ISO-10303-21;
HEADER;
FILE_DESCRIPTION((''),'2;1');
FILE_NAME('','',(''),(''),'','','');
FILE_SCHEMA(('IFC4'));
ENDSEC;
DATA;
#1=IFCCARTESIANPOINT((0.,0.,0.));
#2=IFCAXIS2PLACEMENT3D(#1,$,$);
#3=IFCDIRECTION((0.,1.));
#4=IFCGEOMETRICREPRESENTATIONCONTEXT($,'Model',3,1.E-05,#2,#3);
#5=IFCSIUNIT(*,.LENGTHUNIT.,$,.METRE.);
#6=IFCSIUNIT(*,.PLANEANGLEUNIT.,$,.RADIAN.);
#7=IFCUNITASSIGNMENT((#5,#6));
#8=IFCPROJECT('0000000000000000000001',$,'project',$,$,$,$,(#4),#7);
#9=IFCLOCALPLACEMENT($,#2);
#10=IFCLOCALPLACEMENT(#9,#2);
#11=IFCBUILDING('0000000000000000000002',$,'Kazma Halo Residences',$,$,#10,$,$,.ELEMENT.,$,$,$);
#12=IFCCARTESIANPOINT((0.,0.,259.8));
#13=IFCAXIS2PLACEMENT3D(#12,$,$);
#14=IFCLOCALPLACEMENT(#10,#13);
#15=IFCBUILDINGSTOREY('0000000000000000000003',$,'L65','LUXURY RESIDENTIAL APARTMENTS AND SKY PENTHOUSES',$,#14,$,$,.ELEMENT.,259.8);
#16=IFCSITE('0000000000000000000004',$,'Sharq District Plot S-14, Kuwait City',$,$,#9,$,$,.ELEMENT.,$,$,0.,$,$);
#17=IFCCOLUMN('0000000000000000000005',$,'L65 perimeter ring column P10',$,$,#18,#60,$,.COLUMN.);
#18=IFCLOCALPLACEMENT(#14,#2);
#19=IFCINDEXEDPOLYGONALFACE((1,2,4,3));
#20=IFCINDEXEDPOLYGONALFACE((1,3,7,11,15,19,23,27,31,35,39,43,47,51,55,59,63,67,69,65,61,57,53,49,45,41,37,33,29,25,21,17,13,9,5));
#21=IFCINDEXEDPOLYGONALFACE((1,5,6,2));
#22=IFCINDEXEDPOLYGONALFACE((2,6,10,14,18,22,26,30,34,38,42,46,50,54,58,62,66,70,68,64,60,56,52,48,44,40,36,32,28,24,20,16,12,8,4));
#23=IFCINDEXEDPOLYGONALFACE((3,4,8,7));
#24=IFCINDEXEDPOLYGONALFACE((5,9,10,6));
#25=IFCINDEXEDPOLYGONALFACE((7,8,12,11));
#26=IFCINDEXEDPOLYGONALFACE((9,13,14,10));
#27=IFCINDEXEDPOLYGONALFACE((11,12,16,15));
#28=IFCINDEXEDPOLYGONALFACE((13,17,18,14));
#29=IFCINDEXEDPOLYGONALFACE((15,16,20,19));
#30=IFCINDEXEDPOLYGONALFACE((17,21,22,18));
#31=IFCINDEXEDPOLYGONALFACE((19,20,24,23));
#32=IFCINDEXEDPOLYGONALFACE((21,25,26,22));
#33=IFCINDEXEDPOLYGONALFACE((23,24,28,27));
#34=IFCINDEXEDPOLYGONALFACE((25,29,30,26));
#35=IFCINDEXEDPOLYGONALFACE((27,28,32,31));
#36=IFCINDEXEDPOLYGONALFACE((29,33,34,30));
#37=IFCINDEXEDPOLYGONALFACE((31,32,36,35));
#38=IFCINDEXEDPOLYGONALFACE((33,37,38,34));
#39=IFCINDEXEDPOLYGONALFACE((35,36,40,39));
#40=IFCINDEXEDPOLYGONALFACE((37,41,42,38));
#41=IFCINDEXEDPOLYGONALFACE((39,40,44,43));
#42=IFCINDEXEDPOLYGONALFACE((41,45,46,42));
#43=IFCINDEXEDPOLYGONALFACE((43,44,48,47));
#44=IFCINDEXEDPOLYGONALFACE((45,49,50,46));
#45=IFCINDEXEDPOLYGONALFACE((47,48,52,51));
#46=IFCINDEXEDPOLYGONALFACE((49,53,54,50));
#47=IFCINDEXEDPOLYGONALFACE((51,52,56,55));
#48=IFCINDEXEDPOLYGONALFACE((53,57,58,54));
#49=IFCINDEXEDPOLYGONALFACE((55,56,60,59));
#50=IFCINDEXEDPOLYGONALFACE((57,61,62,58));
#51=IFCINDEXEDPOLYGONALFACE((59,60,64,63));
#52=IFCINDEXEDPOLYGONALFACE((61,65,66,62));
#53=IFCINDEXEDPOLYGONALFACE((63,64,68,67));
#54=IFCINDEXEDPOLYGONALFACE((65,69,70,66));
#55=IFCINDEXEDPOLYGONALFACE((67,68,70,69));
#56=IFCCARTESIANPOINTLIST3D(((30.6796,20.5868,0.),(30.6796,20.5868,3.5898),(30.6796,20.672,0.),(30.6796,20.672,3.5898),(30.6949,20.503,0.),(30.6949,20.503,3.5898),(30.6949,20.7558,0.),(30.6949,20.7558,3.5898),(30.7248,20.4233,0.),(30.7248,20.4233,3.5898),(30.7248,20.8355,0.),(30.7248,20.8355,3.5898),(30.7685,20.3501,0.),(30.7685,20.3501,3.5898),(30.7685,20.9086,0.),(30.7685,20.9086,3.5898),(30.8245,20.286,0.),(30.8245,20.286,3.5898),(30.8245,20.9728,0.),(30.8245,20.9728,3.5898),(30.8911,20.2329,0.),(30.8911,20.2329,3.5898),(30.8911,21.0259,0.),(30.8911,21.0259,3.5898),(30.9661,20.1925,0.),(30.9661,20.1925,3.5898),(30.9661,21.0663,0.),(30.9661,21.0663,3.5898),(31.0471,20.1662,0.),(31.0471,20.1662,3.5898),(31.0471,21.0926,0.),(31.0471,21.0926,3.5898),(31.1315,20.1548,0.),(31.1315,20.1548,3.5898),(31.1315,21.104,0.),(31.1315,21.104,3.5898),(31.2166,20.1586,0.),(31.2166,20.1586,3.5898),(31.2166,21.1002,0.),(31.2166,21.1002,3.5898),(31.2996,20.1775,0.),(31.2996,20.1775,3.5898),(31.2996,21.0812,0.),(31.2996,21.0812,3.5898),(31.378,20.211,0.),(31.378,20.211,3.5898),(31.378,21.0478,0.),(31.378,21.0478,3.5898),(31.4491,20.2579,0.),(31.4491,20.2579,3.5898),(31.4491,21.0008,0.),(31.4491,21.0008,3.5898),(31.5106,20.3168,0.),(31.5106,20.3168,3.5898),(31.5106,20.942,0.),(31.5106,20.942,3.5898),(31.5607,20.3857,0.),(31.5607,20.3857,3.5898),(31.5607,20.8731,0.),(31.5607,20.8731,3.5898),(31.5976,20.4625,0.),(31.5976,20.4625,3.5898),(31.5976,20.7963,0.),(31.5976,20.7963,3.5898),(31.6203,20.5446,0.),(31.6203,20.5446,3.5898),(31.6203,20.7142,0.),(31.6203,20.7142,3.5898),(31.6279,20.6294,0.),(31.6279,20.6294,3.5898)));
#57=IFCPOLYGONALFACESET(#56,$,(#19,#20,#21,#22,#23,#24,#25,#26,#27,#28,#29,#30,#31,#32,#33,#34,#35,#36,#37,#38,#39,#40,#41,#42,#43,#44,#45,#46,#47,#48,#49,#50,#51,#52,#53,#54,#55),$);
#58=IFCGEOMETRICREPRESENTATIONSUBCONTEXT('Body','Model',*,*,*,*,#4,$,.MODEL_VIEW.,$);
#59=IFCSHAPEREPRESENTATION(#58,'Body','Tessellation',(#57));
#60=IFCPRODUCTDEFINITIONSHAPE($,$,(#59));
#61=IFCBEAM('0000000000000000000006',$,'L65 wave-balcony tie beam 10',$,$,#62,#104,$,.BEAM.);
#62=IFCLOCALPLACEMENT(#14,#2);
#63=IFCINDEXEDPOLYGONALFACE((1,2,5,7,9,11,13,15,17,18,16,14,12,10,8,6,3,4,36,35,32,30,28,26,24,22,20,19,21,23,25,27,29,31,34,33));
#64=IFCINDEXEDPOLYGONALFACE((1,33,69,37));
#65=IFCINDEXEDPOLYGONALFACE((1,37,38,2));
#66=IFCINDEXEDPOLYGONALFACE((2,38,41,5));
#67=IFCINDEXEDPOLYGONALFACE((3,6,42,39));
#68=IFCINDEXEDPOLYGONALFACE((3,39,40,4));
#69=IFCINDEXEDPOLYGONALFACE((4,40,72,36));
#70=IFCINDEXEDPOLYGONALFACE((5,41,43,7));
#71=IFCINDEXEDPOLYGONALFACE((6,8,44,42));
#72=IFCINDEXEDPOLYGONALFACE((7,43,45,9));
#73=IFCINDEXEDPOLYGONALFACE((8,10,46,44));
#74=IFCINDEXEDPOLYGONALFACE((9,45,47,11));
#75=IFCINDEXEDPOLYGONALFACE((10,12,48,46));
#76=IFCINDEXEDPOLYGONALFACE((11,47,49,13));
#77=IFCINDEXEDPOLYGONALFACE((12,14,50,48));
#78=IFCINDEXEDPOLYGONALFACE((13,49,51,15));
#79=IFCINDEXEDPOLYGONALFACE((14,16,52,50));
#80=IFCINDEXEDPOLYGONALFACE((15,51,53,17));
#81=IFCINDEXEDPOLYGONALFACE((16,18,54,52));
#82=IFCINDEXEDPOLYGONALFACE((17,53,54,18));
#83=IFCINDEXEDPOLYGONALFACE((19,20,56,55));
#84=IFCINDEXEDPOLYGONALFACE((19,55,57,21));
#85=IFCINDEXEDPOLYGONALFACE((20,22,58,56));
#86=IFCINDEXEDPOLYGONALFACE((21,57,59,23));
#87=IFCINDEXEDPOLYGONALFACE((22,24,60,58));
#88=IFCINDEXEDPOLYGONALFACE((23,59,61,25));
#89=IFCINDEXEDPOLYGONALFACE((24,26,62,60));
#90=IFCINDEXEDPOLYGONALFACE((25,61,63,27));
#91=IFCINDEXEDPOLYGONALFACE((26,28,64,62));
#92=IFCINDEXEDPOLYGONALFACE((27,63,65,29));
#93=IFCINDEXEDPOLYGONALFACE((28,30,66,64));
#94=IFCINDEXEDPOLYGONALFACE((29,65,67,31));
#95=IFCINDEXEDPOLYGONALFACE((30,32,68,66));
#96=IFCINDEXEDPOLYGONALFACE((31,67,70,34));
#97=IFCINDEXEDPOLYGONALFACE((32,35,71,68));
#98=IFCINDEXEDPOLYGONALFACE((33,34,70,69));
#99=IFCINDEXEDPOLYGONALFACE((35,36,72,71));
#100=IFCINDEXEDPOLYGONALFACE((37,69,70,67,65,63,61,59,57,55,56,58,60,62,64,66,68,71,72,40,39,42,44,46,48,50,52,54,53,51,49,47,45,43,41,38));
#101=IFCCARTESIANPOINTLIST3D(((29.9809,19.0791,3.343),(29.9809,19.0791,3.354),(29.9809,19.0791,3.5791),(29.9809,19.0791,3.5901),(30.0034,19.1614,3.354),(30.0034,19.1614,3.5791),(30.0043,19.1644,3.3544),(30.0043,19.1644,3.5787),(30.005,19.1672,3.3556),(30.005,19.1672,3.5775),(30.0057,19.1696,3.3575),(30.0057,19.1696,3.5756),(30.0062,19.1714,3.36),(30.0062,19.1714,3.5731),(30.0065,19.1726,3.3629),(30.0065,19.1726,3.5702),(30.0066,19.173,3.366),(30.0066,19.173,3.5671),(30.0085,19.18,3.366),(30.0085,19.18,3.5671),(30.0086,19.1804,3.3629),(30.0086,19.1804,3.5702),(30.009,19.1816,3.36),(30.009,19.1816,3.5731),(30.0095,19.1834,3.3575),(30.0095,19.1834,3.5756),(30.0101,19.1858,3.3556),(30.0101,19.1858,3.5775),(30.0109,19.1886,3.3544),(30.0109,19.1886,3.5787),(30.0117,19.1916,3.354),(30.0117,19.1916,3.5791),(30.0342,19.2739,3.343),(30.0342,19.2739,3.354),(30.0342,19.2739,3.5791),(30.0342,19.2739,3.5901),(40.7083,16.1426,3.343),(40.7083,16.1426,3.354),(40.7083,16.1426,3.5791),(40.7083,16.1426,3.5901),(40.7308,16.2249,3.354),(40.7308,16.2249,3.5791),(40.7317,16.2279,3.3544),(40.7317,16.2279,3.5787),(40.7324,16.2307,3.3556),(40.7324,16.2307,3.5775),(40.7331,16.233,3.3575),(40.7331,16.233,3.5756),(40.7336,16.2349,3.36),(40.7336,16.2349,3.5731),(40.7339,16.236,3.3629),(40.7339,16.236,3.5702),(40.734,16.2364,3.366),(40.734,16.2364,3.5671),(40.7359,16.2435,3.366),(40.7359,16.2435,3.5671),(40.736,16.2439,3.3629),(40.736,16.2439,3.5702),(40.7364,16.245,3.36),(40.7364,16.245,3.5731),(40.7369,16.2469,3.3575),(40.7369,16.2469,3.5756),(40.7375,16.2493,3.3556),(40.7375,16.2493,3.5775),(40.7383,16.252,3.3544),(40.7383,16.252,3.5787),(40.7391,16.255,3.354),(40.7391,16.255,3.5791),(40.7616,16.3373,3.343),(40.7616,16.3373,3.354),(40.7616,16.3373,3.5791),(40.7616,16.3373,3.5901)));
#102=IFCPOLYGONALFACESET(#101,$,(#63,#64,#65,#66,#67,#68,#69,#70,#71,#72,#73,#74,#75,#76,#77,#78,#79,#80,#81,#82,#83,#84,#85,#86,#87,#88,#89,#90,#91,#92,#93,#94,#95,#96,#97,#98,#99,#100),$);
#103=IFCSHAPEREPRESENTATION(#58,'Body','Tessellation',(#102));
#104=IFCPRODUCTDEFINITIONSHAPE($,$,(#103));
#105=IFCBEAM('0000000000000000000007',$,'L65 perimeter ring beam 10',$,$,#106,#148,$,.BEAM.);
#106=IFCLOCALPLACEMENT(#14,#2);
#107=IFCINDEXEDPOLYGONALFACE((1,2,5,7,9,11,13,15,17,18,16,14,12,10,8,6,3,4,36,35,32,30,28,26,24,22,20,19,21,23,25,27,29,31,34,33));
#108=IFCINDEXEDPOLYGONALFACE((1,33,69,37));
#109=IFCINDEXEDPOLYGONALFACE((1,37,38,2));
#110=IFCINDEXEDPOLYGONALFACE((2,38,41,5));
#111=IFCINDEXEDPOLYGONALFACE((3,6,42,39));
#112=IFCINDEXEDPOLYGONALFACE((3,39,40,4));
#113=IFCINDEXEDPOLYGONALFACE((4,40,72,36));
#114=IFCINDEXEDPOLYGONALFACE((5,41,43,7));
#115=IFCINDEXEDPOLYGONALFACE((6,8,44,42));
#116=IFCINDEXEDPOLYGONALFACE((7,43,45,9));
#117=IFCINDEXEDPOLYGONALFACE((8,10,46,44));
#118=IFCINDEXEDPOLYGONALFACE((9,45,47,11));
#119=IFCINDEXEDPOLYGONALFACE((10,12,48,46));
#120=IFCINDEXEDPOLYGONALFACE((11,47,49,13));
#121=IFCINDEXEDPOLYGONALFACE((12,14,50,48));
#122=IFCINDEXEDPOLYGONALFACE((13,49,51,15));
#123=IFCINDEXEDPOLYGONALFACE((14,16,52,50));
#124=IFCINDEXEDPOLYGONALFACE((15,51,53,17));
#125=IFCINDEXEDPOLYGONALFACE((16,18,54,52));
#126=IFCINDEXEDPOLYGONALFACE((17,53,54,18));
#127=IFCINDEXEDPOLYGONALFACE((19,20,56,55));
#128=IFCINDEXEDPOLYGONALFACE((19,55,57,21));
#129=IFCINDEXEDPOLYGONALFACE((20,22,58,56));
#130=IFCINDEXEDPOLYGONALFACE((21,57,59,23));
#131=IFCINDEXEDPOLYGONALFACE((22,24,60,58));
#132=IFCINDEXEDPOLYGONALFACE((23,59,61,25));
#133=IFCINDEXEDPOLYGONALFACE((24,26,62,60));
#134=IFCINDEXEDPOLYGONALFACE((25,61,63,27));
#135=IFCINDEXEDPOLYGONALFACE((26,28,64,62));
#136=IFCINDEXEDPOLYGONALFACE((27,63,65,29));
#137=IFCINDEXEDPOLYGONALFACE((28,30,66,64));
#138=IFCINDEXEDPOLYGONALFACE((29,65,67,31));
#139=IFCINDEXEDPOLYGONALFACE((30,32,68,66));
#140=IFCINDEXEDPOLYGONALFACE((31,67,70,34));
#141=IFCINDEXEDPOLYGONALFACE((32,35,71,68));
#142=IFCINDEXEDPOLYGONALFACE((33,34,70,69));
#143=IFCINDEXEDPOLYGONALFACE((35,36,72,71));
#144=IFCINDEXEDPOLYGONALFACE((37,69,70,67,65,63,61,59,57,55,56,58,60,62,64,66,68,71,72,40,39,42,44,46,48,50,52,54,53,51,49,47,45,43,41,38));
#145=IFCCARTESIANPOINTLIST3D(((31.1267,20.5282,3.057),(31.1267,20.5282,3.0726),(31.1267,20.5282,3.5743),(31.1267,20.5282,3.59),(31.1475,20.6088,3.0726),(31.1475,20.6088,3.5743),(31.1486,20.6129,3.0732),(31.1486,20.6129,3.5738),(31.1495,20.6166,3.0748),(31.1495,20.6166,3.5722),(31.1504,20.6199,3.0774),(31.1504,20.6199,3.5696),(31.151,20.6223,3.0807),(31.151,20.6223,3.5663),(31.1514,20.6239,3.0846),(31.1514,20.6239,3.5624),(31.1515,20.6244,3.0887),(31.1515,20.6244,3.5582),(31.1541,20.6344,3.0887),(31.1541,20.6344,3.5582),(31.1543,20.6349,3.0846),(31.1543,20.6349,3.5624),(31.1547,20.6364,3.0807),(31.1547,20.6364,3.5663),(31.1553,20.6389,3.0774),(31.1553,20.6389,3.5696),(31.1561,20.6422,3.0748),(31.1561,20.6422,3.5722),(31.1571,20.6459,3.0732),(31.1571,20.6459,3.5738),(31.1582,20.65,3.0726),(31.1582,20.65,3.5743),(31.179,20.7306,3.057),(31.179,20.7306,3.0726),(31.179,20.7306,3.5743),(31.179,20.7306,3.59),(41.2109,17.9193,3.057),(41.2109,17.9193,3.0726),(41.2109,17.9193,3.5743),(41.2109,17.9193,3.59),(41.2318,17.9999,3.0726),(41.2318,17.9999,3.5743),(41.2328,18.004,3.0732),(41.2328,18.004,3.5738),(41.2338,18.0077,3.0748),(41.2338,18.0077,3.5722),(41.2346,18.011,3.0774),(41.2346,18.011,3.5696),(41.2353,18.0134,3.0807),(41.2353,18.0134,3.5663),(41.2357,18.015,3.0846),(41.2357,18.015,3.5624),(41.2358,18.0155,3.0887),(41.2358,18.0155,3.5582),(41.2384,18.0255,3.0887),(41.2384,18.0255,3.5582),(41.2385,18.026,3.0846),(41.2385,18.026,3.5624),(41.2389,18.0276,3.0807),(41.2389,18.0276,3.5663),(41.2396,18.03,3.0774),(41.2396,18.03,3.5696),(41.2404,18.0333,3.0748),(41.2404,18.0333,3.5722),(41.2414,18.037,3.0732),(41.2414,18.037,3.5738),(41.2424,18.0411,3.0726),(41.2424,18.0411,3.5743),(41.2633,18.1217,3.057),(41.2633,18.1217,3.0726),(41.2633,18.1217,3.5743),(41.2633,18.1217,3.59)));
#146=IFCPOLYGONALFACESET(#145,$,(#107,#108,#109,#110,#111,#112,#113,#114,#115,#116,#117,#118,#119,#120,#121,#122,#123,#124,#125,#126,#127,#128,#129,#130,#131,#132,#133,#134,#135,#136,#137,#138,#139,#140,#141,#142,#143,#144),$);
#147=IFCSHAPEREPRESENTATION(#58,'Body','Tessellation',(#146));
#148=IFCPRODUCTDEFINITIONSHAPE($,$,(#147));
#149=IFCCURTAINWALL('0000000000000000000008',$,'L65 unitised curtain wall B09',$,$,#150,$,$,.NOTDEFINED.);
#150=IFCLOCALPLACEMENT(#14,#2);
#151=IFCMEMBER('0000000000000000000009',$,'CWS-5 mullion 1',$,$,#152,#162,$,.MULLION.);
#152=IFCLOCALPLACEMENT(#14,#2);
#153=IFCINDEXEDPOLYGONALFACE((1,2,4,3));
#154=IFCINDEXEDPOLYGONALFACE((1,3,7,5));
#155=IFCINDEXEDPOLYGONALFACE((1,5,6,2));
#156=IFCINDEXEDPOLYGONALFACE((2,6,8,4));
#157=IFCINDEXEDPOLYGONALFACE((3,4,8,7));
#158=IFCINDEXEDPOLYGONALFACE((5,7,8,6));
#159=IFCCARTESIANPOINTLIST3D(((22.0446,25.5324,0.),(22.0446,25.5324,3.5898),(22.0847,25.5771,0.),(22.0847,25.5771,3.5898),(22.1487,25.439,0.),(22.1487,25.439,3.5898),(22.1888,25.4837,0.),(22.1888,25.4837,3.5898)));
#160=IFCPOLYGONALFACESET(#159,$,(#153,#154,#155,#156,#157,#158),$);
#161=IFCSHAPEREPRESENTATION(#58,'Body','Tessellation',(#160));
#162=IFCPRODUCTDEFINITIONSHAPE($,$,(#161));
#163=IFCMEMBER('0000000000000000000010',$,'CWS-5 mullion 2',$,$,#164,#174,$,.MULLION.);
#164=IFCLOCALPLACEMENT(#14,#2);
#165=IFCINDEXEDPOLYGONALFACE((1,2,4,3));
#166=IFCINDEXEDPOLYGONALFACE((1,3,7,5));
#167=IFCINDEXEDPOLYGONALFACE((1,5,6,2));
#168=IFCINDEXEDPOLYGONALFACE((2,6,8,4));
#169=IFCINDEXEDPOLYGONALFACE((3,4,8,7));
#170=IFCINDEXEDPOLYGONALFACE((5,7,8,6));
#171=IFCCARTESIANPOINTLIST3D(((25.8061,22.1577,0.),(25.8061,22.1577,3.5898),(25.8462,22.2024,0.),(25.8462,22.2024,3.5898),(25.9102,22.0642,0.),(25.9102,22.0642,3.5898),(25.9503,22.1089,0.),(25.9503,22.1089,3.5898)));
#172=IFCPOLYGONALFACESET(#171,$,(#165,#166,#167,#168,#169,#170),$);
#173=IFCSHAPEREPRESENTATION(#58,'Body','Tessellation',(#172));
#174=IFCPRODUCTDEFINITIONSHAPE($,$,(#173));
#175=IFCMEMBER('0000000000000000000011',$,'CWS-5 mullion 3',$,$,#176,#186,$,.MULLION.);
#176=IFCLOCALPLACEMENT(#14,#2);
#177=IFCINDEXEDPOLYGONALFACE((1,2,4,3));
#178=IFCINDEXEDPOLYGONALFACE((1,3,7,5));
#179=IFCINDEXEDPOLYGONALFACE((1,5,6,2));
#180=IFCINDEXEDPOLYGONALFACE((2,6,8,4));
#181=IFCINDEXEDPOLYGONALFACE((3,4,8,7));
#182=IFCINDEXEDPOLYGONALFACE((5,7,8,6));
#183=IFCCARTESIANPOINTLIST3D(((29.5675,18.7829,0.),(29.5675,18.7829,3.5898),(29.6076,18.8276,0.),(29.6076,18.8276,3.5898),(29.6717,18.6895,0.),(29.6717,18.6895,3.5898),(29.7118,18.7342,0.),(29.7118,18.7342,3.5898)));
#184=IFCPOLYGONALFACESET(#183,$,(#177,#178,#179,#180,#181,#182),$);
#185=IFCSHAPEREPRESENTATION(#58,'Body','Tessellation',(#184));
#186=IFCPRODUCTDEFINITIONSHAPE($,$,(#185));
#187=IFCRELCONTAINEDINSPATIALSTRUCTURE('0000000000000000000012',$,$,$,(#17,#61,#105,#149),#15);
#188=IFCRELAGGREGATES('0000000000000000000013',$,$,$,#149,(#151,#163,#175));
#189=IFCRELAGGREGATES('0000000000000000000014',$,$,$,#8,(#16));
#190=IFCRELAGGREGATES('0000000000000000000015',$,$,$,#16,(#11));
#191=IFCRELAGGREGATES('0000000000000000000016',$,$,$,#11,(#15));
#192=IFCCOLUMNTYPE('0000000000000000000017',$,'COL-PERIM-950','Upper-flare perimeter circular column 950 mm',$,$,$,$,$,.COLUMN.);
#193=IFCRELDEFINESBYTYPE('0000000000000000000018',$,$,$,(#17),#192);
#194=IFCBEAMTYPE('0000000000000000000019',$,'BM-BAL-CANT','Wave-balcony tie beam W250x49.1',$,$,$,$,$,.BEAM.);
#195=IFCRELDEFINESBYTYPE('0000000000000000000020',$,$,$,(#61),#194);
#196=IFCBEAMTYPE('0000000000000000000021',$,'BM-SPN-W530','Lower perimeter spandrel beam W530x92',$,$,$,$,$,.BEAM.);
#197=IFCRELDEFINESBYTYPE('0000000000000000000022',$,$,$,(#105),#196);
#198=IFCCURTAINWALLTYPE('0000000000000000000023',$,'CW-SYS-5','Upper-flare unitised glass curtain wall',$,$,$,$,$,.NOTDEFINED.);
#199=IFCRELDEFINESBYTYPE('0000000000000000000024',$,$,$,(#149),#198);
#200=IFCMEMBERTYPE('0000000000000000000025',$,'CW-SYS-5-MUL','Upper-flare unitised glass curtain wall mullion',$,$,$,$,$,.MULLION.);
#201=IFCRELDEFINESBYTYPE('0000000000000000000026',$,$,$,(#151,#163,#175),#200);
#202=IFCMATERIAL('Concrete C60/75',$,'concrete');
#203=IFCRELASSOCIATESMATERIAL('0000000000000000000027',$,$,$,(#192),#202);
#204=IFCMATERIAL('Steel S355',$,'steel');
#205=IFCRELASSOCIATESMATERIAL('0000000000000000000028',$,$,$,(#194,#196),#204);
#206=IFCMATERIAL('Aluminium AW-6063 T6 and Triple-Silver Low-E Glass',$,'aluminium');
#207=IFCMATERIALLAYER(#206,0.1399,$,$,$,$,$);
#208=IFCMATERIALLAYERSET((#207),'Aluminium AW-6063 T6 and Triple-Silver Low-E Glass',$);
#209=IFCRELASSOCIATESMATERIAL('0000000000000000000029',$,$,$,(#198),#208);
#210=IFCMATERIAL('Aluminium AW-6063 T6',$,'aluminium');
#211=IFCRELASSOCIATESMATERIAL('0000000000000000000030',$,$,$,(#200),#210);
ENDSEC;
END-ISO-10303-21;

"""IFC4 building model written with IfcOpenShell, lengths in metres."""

from ifc_helpers import new_model, si_unit, direction, frame, origin, origin_2d, place, context, subcontext, project, spatial, rectangle, circle, i_section, extrude, material, layer, layer_set, material_profile, profile_set, type_object, element, aggregate, save


model = new_model("IFC4")

# Units and contexts
model_context = context("Model", 3, precision=1e-05, world=origin(), true_north=direction((0.0, 1.0)))
body_context = subcontext(model_context, "Body", "Model", "MODEL_VIEW")
ifc_project = project(units=[si_unit("LENGTHUNIT", "METRE"), si_unit("PLANEANGLEUNIT", "RADIAN")], contexts=[model_context])

# Site, building, storey
site_placement = place(None, origin())
site = spatial("IfcSite", under=ifc_project, at=site_placement, Name="Sharq District Plot S-14, Kuwait City", CompositionType="ELEMENT", RefElevation=0.0)
building_placement = place(site_placement, origin())
building = spatial("IfcBuilding", under=site, at=building_placement, Name="Kazma Halo Residences", CompositionType="ELEMENT")
storey_placement = place(building_placement, frame((0.0, 0.0, 259.8)))
storey = spatial("IfcBuildingStorey", under=building, at=storey_placement, Name="L65", Description="LUXURY RESIDENTIAL APARTMENTS AND SKY PENTHOUSES", CompositionType="ELEMENT", Elevation=259.8)

# Column
ifc_material_1 = material(Name="Concrete C60/75", Category="concrete")
ifc_material_profile_1 = material_profile(ifc_material_1, circle(Radius=0.4751, at=origin_2d()), Name="CIRC950")
ifc_profile_set_1 = profile_set([ifc_material_profile_1], Name="Concrete C60/75")
column_type = type_object("IfcColumnType", Name="COL-PERIM-950", Description="Upper-flare perimeter circular column 950 mm", PredefinedType="COLUMN", material=ifc_profile_set_1)
column_placement = place(storey_placement, frame((31.1528, 20.6294, 0.0), z_axis=(0.0, 0.0, 1.0), x_axis=(1.0, 0.0, 0.0)))
element("IfcColumn", 1, at=column_placement, inside=storey, type_object=column_type, Name="L65 perimeter ring column P10", PredefinedType="COLUMN", context=body_context, shape_type="SweptSolid", body=[
    extrude(circle(Radius=0.4751, at=origin_2d()), origin(), (0.0, 0.0, 1.0), 3.5898),
])

# Beams
ifc_material_2 = material(Name="Steel S355", Category="steel")
ifc_material_profile_2 = material_profile(ifc_material_2, i_section(OverallWidth=0.2019, OverallDepth=0.2471, WebThickness=0.0073, FlangeThickness=0.011, FilletRadius=0.012, at=origin_2d()), Name="W250x49.1")
ifc_profile_set_2 = profile_set([ifc_material_profile_2], Name="Steel S355")
beam_type_1 = type_object("IfcBeamType", Name="BM-BAL-CANT", Description="Wave-balcony tie beam W250x49.1", PredefinedType="BEAM", material=ifc_profile_set_2)
beam_1_placement = place(storey_placement, frame((30.0076, 19.1765, 3.4666), z_axis=(0.964515, -0.264029, 0.0), x_axis=(0.264029, 0.964515, 0.0)))
element("IfcBeam", 2, at=beam_1_placement, inside=storey, type_object=beam_type_1, Name="L65 wave-balcony tie beam 10", PredefinedType="BEAM", context=body_context, shape_type="SweptSolid", body=[
    extrude(i_section(OverallWidth=0.2019, OverallDepth=0.2471, WebThickness=0.0073, FlangeThickness=0.011, FilletRadius=0.012, at=origin_2d()), origin(), (0.0, 0.0, 1.0), 11.1221),
])
ifc_material_profile_3 = material_profile(ifc_material_2, i_section(OverallWidth=0.209, OverallDepth=0.533, WebThickness=0.0103, FlangeThickness=0.0156, FilletRadius=0.0161, at=origin_2d()), Name="W530x92")
ifc_profile_set_3 = profile_set([ifc_material_profile_3], Name="Steel S355")
beam_type_2 = type_object("IfcBeamType", Name="BM-SPN-W530", Description="Lower perimeter spandrel beam W530x92", PredefinedType="BEAM", material=ifc_profile_set_3)
beam_2_placement = place(storey_placement, frame((31.1528, 20.6294, 3.3235), z_axis=(0.968126, -0.250464, 0.0), x_axis=(0.250464, 0.968126, 0.0)))
element("IfcBeam", 3, at=beam_2_placement, inside=storey, type_object=beam_type_2, Name="L65 perimeter ring beam 10", PredefinedType="BEAM", context=body_context, shape_type="SweptSolid", body=[
    extrude(i_section(OverallWidth=0.209, OverallDepth=0.533, WebThickness=0.0103, FlangeThickness=0.0156, FilletRadius=0.0161, at=origin_2d()), origin(), (0.0, 0.0, 1.0), 10.4163),
])

# Curtain wall, members
ifc_material_3 = material(Name="Aluminium AW-6063 T6 and Triple-Silver Low-E Glass", Category="aluminium")
ifc_layer_1 = layer(ifc_material_3, 0.1399)
ifc_layer_set_1 = layer_set([ifc_layer_1], Name="Aluminium AW-6063 T6 and Triple-Silver Low-E Glass")
curtain_wall_type = type_object("IfcCurtainWallType", Name="CW-SYS-5", Description="Upper-flare unitised glass curtain wall", PredefinedType="NOTDEFINED", material=ifc_layer_set_1)
curtain_wall_placement = place(storey_placement, origin())
curtain_wall = element("IfcCurtainWall", 4, at=curtain_wall_placement, inside=storey, type_object=curtain_wall_type, Name="L65 unitised curtain wall B09", PredefinedType="NOTDEFINED")
ifc_material_4 = material(Name="Aluminium AW-6063 T6", Category="aluminium")
ifc_material_profile_4 = material_profile(ifc_material_4, rectangle(XDim=0.0601, YDim=0.1399, at=origin_2d()), Name="CWM-60x140")
ifc_profile_set_4 = profile_set([ifc_material_profile_4], Name="Aluminium AW-6063 T6")
member_type_1 = type_object("IfcMemberType", Name="CW-SYS-5-MUL", Description="Upper-flare unitised glass curtain wall mullion", PredefinedType="MULLION", material=ifc_profile_set_4)
member_1_placement = place(storey_placement, frame((22.1167, 25.5081, 0.0), z_axis=(0.0, 0.0, 1.0), x_axis=(0.667805, 0.744336, 0.0)))
member_1 = element("IfcMember", 5, at=member_1_placement, type_object=member_type_1, Name="CWS-5 mullion 1", PredefinedType="MULLION", context=body_context, shape_type="SweptSolid", body=[
    extrude(rectangle(XDim=0.0601, YDim=0.1399, at=origin_2d()), origin(), (0.0, 0.0, 1.0), 3.5898),
])
member_2_placement = place(storey_placement, frame((25.8782, 22.1333, 0.0), z_axis=(0.0, 0.0, 1.0), x_axis=(0.667805, 0.744336, 0.0)))
member_2 = element("IfcMember", 6, at=member_2_placement, type_object=member_type_1, Name="CWS-5 mullion 2", PredefinedType="MULLION", context=body_context, shape_type="SweptSolid", body=[
    extrude(rectangle(XDim=0.0601, YDim=0.1399, at=origin_2d()), origin(), (0.0, 0.0, 1.0), 3.5898),
])
member_3_placement = place(storey_placement, frame((29.6396, 18.7585, 0.0), z_axis=(0.0, 0.0, 1.0), x_axis=(0.667805, 0.744336, 0.0)))
member_3 = element("IfcMember", 7, at=member_3_placement, type_object=member_type_1, Name="CWS-5 mullion 3", PredefinedType="MULLION", context=body_context, shape_type="SweptSolid", body=[
    extrude(rectangle(XDim=0.0601, YDim=0.1399, at=origin_2d()), origin(), (0.0, 0.0, 1.0), 3.5898),
])
aggregate(curtain_wall, [member_1, member_2, member_3])

save(model, "model.ifc")
